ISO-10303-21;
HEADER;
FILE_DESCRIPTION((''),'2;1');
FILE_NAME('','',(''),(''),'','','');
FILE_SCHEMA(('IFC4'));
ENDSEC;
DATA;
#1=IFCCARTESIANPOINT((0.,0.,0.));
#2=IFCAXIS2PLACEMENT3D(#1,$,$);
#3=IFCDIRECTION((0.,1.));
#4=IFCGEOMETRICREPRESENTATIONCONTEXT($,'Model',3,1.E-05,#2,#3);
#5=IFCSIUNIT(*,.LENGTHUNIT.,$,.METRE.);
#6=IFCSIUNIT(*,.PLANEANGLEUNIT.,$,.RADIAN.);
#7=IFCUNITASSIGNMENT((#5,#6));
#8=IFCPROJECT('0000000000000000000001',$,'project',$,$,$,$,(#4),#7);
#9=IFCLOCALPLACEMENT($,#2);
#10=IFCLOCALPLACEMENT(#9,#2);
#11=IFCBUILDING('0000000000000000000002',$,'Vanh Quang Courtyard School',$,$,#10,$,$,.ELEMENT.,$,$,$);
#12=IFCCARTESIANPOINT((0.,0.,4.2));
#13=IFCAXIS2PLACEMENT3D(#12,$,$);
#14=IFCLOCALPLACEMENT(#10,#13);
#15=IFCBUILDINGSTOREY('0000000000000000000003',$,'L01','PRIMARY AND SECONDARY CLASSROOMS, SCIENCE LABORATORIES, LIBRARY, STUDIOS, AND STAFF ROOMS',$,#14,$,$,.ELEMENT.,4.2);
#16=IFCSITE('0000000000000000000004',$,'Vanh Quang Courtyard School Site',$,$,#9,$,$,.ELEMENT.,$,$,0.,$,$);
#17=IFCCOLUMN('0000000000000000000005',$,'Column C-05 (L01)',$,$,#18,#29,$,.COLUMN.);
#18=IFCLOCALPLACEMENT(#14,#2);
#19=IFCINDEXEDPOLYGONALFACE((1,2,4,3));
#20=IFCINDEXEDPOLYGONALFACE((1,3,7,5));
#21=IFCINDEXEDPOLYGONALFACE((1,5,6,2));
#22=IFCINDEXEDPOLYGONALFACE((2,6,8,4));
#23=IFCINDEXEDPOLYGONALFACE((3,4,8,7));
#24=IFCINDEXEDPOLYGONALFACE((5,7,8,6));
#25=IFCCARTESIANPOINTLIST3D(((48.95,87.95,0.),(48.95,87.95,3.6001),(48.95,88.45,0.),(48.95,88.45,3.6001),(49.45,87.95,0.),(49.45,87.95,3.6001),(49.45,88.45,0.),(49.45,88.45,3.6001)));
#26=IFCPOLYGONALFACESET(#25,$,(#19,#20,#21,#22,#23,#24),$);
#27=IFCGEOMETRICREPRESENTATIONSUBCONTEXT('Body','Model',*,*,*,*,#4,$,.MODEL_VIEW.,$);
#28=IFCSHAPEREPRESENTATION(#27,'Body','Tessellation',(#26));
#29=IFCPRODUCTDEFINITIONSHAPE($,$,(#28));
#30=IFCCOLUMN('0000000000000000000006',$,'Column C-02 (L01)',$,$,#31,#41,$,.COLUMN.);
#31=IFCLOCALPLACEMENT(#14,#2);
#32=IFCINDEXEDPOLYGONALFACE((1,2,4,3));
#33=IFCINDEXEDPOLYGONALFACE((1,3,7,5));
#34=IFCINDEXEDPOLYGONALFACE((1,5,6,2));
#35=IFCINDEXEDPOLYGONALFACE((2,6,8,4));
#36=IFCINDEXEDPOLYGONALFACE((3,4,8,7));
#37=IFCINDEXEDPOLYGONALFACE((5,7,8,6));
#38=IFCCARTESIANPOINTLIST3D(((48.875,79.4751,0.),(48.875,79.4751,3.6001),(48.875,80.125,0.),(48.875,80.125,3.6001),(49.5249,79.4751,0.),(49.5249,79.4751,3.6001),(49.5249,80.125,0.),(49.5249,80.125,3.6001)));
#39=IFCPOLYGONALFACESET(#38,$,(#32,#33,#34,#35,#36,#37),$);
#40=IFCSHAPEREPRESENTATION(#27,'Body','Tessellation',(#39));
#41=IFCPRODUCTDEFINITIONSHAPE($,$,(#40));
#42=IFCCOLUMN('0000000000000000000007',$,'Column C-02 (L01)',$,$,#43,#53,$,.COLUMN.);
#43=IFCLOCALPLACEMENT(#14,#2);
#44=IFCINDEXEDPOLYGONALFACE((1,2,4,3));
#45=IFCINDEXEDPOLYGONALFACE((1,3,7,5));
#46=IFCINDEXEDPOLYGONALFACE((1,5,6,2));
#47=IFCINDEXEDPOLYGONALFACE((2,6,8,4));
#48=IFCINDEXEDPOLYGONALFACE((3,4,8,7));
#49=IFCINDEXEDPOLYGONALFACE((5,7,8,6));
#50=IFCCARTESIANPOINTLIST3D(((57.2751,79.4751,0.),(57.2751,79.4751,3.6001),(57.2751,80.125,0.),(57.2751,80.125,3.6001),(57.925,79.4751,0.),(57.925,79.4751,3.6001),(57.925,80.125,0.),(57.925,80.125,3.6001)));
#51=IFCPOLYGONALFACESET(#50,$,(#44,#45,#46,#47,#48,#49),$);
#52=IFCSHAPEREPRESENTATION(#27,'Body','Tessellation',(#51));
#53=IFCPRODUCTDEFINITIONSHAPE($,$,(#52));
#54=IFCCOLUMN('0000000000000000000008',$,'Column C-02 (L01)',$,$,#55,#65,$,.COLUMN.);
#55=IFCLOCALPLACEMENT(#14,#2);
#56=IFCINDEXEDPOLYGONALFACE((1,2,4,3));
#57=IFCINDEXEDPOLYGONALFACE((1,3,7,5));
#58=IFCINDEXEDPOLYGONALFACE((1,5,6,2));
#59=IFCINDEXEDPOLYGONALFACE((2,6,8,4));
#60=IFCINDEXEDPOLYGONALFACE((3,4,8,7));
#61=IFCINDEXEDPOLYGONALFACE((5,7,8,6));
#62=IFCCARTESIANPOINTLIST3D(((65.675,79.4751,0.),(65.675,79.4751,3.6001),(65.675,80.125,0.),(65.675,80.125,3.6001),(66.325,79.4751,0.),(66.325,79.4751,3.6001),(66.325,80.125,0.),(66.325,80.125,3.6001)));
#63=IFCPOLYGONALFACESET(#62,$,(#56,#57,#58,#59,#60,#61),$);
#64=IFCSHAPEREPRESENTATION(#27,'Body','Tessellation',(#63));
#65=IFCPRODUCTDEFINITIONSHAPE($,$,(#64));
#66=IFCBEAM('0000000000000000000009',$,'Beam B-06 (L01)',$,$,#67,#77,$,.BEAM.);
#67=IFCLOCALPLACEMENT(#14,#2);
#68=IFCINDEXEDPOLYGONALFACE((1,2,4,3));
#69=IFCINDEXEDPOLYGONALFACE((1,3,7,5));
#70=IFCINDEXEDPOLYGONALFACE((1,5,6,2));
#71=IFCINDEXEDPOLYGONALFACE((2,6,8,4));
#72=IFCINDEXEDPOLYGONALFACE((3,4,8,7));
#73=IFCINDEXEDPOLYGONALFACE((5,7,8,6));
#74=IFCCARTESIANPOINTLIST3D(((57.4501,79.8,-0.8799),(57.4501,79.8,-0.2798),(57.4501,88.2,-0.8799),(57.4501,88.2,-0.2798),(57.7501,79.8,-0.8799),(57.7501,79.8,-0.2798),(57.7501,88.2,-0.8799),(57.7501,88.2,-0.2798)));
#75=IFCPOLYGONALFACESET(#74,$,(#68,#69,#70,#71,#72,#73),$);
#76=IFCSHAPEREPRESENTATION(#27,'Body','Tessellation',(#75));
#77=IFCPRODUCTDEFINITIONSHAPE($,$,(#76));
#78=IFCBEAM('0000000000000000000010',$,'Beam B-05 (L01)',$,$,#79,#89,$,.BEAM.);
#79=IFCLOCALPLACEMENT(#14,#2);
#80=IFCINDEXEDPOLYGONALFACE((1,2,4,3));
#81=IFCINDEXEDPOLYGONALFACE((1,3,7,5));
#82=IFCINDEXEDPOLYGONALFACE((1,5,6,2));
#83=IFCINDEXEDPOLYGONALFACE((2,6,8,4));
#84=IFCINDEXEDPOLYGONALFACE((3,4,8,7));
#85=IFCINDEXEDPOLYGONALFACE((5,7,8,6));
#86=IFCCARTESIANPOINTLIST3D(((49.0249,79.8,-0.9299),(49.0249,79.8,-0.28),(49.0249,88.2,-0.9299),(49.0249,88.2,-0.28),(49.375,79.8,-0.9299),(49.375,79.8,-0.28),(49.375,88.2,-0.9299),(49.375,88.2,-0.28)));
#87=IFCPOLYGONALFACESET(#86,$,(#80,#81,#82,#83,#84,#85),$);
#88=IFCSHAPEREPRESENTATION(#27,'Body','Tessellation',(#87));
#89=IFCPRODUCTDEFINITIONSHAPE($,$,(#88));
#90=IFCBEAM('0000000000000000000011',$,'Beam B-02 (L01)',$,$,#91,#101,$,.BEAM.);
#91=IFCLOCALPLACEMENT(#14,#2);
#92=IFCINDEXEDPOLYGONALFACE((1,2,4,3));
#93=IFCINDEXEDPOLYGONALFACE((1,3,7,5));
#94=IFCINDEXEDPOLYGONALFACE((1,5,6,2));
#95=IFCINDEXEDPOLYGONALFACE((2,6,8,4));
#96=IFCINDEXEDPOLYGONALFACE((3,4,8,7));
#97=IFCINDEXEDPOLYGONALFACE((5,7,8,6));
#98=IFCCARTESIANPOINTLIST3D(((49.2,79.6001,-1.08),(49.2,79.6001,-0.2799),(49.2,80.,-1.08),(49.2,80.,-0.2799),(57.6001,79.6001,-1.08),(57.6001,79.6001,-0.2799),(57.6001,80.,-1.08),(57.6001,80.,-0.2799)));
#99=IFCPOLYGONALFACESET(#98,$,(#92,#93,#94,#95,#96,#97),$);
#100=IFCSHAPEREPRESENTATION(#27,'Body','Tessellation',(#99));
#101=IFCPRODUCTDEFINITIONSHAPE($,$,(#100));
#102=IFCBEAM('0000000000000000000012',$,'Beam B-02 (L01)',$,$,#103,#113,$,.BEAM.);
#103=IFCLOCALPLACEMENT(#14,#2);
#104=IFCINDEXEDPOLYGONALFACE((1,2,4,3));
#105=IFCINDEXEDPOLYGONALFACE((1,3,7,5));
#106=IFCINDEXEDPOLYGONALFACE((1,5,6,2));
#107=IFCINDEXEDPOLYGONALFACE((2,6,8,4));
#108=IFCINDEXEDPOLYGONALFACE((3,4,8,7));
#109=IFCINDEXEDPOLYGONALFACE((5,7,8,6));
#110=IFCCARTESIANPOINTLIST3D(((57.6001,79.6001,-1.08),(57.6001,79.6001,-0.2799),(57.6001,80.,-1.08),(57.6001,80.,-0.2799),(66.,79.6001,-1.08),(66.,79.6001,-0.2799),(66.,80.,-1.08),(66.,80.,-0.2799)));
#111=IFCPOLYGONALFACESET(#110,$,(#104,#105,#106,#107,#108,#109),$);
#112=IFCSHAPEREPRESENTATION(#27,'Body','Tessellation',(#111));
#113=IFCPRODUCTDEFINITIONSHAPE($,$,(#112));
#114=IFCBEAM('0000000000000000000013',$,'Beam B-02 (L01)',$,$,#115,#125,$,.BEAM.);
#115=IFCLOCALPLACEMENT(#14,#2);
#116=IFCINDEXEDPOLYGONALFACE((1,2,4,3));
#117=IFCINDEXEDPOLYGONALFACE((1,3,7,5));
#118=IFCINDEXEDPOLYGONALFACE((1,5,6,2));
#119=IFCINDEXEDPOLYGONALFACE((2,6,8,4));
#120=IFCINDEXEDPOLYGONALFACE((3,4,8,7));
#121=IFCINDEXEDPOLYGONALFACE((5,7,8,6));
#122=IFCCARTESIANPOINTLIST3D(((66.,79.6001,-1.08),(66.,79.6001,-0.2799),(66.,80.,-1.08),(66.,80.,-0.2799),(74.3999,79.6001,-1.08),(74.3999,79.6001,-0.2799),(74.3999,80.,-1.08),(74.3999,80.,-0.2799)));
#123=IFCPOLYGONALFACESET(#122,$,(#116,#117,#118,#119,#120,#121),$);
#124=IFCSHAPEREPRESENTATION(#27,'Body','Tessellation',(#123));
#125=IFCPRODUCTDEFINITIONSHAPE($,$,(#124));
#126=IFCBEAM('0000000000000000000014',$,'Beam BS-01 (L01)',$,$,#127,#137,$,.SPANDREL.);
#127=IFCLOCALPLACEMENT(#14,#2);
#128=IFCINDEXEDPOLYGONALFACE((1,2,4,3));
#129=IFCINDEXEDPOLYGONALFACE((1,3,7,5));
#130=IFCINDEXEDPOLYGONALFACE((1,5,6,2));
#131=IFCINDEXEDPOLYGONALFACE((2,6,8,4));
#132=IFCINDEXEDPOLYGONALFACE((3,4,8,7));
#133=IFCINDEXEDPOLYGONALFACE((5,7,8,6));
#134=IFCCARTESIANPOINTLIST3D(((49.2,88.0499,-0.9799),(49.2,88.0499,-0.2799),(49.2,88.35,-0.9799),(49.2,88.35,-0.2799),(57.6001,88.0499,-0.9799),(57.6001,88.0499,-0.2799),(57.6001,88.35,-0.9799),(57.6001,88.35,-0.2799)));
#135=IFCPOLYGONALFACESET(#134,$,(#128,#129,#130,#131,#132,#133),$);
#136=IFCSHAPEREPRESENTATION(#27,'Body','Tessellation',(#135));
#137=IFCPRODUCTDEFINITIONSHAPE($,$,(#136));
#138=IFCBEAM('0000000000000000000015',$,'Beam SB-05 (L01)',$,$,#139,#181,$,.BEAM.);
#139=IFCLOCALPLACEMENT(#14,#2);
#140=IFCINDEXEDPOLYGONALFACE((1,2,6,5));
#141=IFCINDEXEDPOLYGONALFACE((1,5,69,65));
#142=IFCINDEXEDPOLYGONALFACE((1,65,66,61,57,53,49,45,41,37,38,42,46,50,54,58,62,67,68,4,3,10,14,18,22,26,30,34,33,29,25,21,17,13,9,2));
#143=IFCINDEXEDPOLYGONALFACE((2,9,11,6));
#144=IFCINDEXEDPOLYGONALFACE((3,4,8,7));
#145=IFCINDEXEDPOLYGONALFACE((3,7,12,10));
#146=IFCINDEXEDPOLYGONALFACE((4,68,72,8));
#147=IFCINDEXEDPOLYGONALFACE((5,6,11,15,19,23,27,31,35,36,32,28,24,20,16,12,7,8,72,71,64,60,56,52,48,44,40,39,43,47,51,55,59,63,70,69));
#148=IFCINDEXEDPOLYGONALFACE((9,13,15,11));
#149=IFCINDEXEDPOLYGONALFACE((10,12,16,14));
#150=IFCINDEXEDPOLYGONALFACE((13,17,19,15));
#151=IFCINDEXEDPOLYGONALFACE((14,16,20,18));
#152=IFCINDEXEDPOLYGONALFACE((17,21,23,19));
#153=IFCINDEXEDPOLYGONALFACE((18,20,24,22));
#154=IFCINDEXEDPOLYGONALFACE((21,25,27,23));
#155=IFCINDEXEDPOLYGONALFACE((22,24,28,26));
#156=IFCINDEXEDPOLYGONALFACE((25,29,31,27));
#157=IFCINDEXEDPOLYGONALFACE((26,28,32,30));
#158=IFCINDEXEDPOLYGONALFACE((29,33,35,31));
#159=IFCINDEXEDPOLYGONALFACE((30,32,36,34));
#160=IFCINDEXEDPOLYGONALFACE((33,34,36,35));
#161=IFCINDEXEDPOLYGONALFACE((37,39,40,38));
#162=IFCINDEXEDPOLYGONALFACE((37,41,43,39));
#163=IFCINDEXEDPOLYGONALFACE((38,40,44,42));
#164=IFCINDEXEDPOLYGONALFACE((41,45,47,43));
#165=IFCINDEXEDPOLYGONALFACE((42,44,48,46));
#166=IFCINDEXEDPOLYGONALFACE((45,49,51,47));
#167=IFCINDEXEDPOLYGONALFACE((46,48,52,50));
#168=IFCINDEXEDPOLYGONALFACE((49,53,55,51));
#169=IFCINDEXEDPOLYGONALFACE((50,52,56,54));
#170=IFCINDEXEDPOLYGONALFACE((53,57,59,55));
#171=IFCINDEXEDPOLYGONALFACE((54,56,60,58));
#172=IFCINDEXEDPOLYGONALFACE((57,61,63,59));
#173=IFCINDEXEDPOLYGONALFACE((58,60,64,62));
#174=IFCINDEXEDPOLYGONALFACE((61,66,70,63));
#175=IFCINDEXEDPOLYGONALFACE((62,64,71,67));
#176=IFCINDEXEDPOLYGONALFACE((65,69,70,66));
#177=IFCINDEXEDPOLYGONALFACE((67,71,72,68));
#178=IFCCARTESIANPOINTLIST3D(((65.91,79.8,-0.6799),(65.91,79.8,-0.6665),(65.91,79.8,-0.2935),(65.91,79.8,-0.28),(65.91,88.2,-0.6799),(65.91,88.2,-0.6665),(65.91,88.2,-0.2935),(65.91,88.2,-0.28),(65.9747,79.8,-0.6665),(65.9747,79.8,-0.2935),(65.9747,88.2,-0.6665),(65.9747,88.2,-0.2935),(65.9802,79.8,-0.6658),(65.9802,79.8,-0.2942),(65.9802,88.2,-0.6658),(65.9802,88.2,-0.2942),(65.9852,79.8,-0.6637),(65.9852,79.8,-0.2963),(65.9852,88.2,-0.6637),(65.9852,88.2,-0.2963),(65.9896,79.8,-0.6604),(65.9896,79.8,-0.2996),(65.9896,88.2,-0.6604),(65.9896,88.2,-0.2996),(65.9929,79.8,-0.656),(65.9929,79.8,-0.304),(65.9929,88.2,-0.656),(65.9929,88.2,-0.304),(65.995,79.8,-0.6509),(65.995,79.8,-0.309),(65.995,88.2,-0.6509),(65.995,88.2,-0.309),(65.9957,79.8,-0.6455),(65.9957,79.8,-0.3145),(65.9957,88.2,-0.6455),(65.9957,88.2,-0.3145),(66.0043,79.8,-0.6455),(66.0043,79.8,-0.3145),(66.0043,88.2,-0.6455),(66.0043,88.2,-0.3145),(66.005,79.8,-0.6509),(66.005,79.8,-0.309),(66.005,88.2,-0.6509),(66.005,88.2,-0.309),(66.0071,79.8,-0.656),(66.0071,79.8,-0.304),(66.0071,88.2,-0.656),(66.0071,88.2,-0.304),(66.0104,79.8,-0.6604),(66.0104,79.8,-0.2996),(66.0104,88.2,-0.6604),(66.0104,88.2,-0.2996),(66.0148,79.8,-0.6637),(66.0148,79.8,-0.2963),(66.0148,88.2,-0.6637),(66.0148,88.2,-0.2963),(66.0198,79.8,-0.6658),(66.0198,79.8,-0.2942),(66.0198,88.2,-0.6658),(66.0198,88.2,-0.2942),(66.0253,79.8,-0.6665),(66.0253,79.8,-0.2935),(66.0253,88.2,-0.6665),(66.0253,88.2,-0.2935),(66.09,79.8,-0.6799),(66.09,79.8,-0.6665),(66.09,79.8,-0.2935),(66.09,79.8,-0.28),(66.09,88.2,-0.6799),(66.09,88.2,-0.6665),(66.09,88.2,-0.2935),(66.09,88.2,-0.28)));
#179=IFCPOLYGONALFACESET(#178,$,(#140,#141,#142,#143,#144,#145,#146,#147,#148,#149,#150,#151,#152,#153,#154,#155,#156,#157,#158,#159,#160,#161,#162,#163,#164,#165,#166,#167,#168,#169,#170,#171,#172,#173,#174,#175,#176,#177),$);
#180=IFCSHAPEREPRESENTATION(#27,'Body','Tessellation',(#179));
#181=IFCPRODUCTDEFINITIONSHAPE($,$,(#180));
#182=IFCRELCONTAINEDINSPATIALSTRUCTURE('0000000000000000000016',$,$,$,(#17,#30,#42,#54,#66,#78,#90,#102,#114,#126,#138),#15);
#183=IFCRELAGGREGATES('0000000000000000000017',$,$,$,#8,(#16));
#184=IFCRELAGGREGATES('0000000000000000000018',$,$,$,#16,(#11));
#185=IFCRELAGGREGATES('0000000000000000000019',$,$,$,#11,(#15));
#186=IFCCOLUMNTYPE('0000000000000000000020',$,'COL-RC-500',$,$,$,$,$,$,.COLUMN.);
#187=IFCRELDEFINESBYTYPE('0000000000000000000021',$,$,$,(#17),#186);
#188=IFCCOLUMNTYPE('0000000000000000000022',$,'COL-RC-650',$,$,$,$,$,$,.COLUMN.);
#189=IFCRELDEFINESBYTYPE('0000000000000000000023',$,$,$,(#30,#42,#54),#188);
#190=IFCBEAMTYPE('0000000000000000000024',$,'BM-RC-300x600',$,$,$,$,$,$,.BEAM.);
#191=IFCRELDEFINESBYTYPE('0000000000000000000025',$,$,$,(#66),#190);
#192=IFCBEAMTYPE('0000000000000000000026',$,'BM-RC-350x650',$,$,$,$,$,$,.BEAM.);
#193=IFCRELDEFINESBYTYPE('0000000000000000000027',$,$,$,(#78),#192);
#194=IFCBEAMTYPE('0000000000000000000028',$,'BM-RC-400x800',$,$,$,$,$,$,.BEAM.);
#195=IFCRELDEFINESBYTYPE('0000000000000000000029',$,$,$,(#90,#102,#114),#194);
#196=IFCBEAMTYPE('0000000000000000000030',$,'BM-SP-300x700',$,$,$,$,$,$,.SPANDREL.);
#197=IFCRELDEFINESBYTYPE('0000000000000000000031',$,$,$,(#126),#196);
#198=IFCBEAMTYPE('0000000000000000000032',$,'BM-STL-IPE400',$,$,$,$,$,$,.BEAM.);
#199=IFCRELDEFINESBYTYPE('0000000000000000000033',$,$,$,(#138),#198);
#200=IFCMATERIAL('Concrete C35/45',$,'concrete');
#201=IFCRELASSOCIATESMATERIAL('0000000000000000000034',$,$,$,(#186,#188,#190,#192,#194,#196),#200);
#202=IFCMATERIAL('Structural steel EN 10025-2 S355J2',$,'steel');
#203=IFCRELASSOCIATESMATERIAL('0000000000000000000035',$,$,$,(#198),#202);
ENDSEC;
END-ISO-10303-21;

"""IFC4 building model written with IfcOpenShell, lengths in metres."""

from ifc_helpers import new_model, si_unit, direction, frame, origin, origin_2d, place, context, subcontext, project, spatial, rectangle, i_section, extrude, material, material_profile, profile_set, type_object, element, save


model = new_model("IFC4")

# Units and contexts
model_context = context("Model", 3, precision=1e-05, world=origin(), true_north=direction((0.0, 1.0)))
body_context = subcontext(model_context, "Body", "Model", "MODEL_VIEW")
ifc_project = project(units=[si_unit("LENGTHUNIT", "METRE"), si_unit("PLANEANGLEUNIT", "RADIAN")], contexts=[model_context])

# Site, building, storey
site_placement = place(None, origin())
site = spatial("IfcSite", under=ifc_project, at=site_placement, Name="Vanh Quang Courtyard School Site", CompositionType="ELEMENT", RefElevation=0.0)
building_placement = place(site_placement, origin())
building = spatial("IfcBuilding", under=site, at=building_placement, Name="Vanh Quang Courtyard School", CompositionType="ELEMENT")
storey_placement = place(building_placement, frame((0.0, 0.0, 4.2)))
storey = spatial("IfcBuildingStorey", under=building, at=storey_placement, Name="L01", Description="PRIMARY AND SECONDARY CLASSROOMS, SCIENCE LABORATORIES, LIBRARY, STUDIOS, AND STAFF ROOMS", CompositionType="ELEMENT", Elevation=4.2)

# Columns
ifc_material_1 = material(Name="Concrete C35/45", Category="concrete")
ifc_material_profile_1 = material_profile(ifc_material_1, rectangle(XDim=0.5, YDim=0.5, at=origin_2d()), Name="RC-COL 500x500")
ifc_profile_set_1 = profile_set([ifc_material_profile_1], Name="Concrete C35/45")
column_type_1 = type_object("IfcColumnType", Name="COL-RC-500", PredefinedType="COLUMN", material=ifc_profile_set_1)
column_placement = place(storey_placement, frame((49.2, 88.2, 0.0), z_axis=(0.0, 0.0, 1.0), x_axis=(1.0, 0.0, 0.0)))
element("IfcColumn", 1, at=column_placement, inside=storey, type_object=column_type_1, Name="Column C-05 (L01)", PredefinedType="COLUMN", context=body_context, shape_type="SweptSolid", body=[
    extrude(rectangle(XDim=0.5, YDim=0.5, at=origin_2d()), origin(), (0.0, 0.0, 1.0), 3.6001),
])
ifc_material_profile_2 = material_profile(ifc_material_1, rectangle(XDim=0.6499, YDim=0.6499, at=origin_2d()), Name="RC-COL 650x650")
ifc_profile_set_2 = profile_set([ifc_material_profile_2], Name="Concrete C35/45")
column_type_2 = type_object("IfcColumnType", Name="COL-RC-650", PredefinedType="COLUMN", material=ifc_profile_set_2)
for number, where, z_axis, x_axis, name in (
    (2, (49.2, 79.8, 0.0), (0.0, 0.0, 1.0), (1.0, 0.0, 0.0), "Column C-02 (L01)"),
    (3, (57.6001, 79.8, 0.0), (0.0, 0.0, 1.0), (1.0, 0.0, 0.0), "Column C-02 (L01)"),
    (4, (66.0, 79.8, 0.0), (0.0, 0.0, 1.0), (1.0, 0.0, 0.0), "Column C-02 (L01)"),
):
    element("IfcColumn", number, at=place(storey_placement, frame(where, z_axis=z_axis, x_axis=x_axis)), inside=storey, type_object=column_type_2, Name=name, PredefinedType="COLUMN", context=body_context, shape_type="SweptSolid", body=[
        extrude(rectangle(XDim=0.6499, YDim=0.6499, at=origin_2d()), origin(), (0.0, 0.0, 1.0), 3.6001),
    ])

# Beams
ifc_material_profile_3 = material_profile(ifc_material_1, rectangle(XDim=0.3, YDim=0.6001, at=origin_2d()), Name="RC-BM 300x600")
ifc_profile_set_3 = profile_set([ifc_material_profile_3], Name="Concrete C35/45")
beam_type_1 = type_object("IfcBeamType", Name="BM-RC-300x600", PredefinedType="BEAM", material=ifc_profile_set_3)
beam_1_placement = place(storey_placement, frame((57.6001, 79.8, -0.5798), z_axis=(0.0, 1.0, 0.0), x_axis=(-1.0, 0.0, 0.0)))
element("IfcBeam", 5, at=beam_1_placement, inside=storey, type_object=beam_type_1, Name="Beam B-06 (L01)", PredefinedType="BEAM", context=body_context, shape_type="SweptSolid", body=[
    extrude(rectangle(XDim=0.3, YDim=0.6001, at=origin_2d()), origin(), (0.0, 0.0, 1.0), 8.3999),
])
ifc_material_profile_4 = material_profile(ifc_material_1, rectangle(XDim=0.3501, YDim=0.6499, at=origin_2d()), Name="RC-BM 350x650")
ifc_profile_set_4 = profile_set([ifc_material_profile_4], Name="Concrete C35/45")
beam_type_2 = type_object("IfcBeamType", Name="BM-RC-350x650", PredefinedType="BEAM", material=ifc_profile_set_4)
beam_2_placement = place(storey_placement, frame((49.2, 79.8, -0.605), z_axis=(0.0, 1.0, 0.0), x_axis=(-1.0, 0.0, 0.0)))
element("IfcBeam", 6, at=beam_2_placement, inside=storey, type_object=beam_type_2, Name="Beam B-05 (L01)", PredefinedType="BEAM", context=body_context, shape_type="SweptSolid", body=[
    extrude(rectangle(XDim=0.3501, YDim=0.6499, at=origin_2d()), origin(), (0.0, 0.0, 1.0), 8.3999),
])
ifc_material_profile_5 = material_profile(ifc_material_1, rectangle(XDim=0.3999, YDim=0.8, at=origin_2d()), Name="RC-BM 400x800")
ifc_profile_set_5 = profile_set([ifc_material_profile_5], Name="Concrete C35/45")
beam_type_3 = type_object("IfcBeamType", Name="BM-RC-400x800", PredefinedType="BEAM", material=ifc_profile_set_5)
beam_3_placement = place(storey_placement, frame((49.2, 79.8, -0.6799), z_axis=(1.0, 0.0, 0.0), x_axis=(0.0, 1.0, 0.0)))
element("IfcBeam", 7, at=beam_3_placement, inside=storey, type_object=beam_type_3, Name="Beam B-02 (L01)", PredefinedType="BEAM", context=body_context, shape_type="SweptSolid", body=[
    extrude(rectangle(XDim=0.3999, YDim=0.8, at=origin_2d()), origin(), (0.0, 0.0, 1.0), 8.4001),
])
for number, where, z_axis, x_axis, name in (
    (8, (57.6001, 79.8, -0.6799), (1.0, 0.0, 0.0), (0.0, 1.0, 0.0), "Beam B-02 (L01)"),
    (9, (66.0, 79.8, -0.6799), (1.0, 0.0, 0.0), (0.0, 1.0, 0.0), "Beam B-02 (L01)"),
):
    element("IfcBeam", number, at=place(storey_placement, frame(where, z_axis=z_axis, x_axis=x_axis)), inside=storey, type_object=beam_type_3, Name=name, PredefinedType="BEAM", context=body_context, shape_type="SweptSolid", body=[
        extrude(rectangle(XDim=0.3999, YDim=0.8, at=origin_2d()), origin(), (0.0, 0.0, 1.0), 8.3999),
    ])
ifc_material_profile_6 = material_profile(ifc_material_1, rectangle(XDim=0.3, YDim=0.7, at=origin_2d()), Name="RC-SP 300x700")
ifc_profile_set_6 = profile_set([ifc_material_profile_6], Name="Concrete C35/45")
beam_type_4 = type_object("IfcBeamType", Name="BM-SP-300x700", PredefinedType="SPANDREL", material=ifc_profile_set_6)
beam_4_placement = place(storey_placement, frame((49.2, 88.2, -0.6299), z_axis=(1.0, 0.0, 0.0), x_axis=(0.0, 1.0, 0.0)))
element("IfcBeam", 10, at=beam_4_placement, inside=storey, type_object=beam_type_4, Name="Beam BS-01 (L01)", PredefinedType="SPANDREL", context=body_context, shape_type="SweptSolid", body=[
    extrude(rectangle(XDim=0.3, YDim=0.7, at=origin_2d()), origin(), (0.0, 0.0, 1.0), 8.4001),
])
ifc_material_2 = material(Name="Structural steel EN 10025-2 S355J2", Category="steel")
ifc_material_profile_7 = material_profile(ifc_material_2, i_section(OverallWidth=0.1799, OverallDepth=0.3999, WebThickness=0.0085, FlangeThickness=0.0134, FilletRadius=0.021, at=origin_2d()), Name="IPE 400")
ifc_profile_set_7 = profile_set([ifc_material_profile_7], Name="Structural steel EN 10025-2 S355J2")
beam_type_5 = type_object("IfcBeamType", Name="BM-STL-IPE400", PredefinedType="BEAM", material=ifc_profile_set_7)
beam_5_placement = place(storey_placement, frame((66.0, 79.8, -0.48), z_axis=(0.0, 1.0, 0.0), x_axis=(-1.0, 0.0, 0.0)))
element("IfcBeam", 11, at=beam_5_placement, inside=storey, type_object=beam_type_5, Name="Beam SB-05 (L01)", PredefinedType="BEAM", context=body_context, shape_type="SweptSolid", body=[
    extrude(i_section(OverallWidth=0.1799, OverallDepth=0.3999, WebThickness=0.0085, FlangeThickness=0.0134, FilletRadius=0.021, at=origin_2d()), origin(), (0.0, 0.0, 1.0), 8.3999),
])

save(model, "model.ifc")
